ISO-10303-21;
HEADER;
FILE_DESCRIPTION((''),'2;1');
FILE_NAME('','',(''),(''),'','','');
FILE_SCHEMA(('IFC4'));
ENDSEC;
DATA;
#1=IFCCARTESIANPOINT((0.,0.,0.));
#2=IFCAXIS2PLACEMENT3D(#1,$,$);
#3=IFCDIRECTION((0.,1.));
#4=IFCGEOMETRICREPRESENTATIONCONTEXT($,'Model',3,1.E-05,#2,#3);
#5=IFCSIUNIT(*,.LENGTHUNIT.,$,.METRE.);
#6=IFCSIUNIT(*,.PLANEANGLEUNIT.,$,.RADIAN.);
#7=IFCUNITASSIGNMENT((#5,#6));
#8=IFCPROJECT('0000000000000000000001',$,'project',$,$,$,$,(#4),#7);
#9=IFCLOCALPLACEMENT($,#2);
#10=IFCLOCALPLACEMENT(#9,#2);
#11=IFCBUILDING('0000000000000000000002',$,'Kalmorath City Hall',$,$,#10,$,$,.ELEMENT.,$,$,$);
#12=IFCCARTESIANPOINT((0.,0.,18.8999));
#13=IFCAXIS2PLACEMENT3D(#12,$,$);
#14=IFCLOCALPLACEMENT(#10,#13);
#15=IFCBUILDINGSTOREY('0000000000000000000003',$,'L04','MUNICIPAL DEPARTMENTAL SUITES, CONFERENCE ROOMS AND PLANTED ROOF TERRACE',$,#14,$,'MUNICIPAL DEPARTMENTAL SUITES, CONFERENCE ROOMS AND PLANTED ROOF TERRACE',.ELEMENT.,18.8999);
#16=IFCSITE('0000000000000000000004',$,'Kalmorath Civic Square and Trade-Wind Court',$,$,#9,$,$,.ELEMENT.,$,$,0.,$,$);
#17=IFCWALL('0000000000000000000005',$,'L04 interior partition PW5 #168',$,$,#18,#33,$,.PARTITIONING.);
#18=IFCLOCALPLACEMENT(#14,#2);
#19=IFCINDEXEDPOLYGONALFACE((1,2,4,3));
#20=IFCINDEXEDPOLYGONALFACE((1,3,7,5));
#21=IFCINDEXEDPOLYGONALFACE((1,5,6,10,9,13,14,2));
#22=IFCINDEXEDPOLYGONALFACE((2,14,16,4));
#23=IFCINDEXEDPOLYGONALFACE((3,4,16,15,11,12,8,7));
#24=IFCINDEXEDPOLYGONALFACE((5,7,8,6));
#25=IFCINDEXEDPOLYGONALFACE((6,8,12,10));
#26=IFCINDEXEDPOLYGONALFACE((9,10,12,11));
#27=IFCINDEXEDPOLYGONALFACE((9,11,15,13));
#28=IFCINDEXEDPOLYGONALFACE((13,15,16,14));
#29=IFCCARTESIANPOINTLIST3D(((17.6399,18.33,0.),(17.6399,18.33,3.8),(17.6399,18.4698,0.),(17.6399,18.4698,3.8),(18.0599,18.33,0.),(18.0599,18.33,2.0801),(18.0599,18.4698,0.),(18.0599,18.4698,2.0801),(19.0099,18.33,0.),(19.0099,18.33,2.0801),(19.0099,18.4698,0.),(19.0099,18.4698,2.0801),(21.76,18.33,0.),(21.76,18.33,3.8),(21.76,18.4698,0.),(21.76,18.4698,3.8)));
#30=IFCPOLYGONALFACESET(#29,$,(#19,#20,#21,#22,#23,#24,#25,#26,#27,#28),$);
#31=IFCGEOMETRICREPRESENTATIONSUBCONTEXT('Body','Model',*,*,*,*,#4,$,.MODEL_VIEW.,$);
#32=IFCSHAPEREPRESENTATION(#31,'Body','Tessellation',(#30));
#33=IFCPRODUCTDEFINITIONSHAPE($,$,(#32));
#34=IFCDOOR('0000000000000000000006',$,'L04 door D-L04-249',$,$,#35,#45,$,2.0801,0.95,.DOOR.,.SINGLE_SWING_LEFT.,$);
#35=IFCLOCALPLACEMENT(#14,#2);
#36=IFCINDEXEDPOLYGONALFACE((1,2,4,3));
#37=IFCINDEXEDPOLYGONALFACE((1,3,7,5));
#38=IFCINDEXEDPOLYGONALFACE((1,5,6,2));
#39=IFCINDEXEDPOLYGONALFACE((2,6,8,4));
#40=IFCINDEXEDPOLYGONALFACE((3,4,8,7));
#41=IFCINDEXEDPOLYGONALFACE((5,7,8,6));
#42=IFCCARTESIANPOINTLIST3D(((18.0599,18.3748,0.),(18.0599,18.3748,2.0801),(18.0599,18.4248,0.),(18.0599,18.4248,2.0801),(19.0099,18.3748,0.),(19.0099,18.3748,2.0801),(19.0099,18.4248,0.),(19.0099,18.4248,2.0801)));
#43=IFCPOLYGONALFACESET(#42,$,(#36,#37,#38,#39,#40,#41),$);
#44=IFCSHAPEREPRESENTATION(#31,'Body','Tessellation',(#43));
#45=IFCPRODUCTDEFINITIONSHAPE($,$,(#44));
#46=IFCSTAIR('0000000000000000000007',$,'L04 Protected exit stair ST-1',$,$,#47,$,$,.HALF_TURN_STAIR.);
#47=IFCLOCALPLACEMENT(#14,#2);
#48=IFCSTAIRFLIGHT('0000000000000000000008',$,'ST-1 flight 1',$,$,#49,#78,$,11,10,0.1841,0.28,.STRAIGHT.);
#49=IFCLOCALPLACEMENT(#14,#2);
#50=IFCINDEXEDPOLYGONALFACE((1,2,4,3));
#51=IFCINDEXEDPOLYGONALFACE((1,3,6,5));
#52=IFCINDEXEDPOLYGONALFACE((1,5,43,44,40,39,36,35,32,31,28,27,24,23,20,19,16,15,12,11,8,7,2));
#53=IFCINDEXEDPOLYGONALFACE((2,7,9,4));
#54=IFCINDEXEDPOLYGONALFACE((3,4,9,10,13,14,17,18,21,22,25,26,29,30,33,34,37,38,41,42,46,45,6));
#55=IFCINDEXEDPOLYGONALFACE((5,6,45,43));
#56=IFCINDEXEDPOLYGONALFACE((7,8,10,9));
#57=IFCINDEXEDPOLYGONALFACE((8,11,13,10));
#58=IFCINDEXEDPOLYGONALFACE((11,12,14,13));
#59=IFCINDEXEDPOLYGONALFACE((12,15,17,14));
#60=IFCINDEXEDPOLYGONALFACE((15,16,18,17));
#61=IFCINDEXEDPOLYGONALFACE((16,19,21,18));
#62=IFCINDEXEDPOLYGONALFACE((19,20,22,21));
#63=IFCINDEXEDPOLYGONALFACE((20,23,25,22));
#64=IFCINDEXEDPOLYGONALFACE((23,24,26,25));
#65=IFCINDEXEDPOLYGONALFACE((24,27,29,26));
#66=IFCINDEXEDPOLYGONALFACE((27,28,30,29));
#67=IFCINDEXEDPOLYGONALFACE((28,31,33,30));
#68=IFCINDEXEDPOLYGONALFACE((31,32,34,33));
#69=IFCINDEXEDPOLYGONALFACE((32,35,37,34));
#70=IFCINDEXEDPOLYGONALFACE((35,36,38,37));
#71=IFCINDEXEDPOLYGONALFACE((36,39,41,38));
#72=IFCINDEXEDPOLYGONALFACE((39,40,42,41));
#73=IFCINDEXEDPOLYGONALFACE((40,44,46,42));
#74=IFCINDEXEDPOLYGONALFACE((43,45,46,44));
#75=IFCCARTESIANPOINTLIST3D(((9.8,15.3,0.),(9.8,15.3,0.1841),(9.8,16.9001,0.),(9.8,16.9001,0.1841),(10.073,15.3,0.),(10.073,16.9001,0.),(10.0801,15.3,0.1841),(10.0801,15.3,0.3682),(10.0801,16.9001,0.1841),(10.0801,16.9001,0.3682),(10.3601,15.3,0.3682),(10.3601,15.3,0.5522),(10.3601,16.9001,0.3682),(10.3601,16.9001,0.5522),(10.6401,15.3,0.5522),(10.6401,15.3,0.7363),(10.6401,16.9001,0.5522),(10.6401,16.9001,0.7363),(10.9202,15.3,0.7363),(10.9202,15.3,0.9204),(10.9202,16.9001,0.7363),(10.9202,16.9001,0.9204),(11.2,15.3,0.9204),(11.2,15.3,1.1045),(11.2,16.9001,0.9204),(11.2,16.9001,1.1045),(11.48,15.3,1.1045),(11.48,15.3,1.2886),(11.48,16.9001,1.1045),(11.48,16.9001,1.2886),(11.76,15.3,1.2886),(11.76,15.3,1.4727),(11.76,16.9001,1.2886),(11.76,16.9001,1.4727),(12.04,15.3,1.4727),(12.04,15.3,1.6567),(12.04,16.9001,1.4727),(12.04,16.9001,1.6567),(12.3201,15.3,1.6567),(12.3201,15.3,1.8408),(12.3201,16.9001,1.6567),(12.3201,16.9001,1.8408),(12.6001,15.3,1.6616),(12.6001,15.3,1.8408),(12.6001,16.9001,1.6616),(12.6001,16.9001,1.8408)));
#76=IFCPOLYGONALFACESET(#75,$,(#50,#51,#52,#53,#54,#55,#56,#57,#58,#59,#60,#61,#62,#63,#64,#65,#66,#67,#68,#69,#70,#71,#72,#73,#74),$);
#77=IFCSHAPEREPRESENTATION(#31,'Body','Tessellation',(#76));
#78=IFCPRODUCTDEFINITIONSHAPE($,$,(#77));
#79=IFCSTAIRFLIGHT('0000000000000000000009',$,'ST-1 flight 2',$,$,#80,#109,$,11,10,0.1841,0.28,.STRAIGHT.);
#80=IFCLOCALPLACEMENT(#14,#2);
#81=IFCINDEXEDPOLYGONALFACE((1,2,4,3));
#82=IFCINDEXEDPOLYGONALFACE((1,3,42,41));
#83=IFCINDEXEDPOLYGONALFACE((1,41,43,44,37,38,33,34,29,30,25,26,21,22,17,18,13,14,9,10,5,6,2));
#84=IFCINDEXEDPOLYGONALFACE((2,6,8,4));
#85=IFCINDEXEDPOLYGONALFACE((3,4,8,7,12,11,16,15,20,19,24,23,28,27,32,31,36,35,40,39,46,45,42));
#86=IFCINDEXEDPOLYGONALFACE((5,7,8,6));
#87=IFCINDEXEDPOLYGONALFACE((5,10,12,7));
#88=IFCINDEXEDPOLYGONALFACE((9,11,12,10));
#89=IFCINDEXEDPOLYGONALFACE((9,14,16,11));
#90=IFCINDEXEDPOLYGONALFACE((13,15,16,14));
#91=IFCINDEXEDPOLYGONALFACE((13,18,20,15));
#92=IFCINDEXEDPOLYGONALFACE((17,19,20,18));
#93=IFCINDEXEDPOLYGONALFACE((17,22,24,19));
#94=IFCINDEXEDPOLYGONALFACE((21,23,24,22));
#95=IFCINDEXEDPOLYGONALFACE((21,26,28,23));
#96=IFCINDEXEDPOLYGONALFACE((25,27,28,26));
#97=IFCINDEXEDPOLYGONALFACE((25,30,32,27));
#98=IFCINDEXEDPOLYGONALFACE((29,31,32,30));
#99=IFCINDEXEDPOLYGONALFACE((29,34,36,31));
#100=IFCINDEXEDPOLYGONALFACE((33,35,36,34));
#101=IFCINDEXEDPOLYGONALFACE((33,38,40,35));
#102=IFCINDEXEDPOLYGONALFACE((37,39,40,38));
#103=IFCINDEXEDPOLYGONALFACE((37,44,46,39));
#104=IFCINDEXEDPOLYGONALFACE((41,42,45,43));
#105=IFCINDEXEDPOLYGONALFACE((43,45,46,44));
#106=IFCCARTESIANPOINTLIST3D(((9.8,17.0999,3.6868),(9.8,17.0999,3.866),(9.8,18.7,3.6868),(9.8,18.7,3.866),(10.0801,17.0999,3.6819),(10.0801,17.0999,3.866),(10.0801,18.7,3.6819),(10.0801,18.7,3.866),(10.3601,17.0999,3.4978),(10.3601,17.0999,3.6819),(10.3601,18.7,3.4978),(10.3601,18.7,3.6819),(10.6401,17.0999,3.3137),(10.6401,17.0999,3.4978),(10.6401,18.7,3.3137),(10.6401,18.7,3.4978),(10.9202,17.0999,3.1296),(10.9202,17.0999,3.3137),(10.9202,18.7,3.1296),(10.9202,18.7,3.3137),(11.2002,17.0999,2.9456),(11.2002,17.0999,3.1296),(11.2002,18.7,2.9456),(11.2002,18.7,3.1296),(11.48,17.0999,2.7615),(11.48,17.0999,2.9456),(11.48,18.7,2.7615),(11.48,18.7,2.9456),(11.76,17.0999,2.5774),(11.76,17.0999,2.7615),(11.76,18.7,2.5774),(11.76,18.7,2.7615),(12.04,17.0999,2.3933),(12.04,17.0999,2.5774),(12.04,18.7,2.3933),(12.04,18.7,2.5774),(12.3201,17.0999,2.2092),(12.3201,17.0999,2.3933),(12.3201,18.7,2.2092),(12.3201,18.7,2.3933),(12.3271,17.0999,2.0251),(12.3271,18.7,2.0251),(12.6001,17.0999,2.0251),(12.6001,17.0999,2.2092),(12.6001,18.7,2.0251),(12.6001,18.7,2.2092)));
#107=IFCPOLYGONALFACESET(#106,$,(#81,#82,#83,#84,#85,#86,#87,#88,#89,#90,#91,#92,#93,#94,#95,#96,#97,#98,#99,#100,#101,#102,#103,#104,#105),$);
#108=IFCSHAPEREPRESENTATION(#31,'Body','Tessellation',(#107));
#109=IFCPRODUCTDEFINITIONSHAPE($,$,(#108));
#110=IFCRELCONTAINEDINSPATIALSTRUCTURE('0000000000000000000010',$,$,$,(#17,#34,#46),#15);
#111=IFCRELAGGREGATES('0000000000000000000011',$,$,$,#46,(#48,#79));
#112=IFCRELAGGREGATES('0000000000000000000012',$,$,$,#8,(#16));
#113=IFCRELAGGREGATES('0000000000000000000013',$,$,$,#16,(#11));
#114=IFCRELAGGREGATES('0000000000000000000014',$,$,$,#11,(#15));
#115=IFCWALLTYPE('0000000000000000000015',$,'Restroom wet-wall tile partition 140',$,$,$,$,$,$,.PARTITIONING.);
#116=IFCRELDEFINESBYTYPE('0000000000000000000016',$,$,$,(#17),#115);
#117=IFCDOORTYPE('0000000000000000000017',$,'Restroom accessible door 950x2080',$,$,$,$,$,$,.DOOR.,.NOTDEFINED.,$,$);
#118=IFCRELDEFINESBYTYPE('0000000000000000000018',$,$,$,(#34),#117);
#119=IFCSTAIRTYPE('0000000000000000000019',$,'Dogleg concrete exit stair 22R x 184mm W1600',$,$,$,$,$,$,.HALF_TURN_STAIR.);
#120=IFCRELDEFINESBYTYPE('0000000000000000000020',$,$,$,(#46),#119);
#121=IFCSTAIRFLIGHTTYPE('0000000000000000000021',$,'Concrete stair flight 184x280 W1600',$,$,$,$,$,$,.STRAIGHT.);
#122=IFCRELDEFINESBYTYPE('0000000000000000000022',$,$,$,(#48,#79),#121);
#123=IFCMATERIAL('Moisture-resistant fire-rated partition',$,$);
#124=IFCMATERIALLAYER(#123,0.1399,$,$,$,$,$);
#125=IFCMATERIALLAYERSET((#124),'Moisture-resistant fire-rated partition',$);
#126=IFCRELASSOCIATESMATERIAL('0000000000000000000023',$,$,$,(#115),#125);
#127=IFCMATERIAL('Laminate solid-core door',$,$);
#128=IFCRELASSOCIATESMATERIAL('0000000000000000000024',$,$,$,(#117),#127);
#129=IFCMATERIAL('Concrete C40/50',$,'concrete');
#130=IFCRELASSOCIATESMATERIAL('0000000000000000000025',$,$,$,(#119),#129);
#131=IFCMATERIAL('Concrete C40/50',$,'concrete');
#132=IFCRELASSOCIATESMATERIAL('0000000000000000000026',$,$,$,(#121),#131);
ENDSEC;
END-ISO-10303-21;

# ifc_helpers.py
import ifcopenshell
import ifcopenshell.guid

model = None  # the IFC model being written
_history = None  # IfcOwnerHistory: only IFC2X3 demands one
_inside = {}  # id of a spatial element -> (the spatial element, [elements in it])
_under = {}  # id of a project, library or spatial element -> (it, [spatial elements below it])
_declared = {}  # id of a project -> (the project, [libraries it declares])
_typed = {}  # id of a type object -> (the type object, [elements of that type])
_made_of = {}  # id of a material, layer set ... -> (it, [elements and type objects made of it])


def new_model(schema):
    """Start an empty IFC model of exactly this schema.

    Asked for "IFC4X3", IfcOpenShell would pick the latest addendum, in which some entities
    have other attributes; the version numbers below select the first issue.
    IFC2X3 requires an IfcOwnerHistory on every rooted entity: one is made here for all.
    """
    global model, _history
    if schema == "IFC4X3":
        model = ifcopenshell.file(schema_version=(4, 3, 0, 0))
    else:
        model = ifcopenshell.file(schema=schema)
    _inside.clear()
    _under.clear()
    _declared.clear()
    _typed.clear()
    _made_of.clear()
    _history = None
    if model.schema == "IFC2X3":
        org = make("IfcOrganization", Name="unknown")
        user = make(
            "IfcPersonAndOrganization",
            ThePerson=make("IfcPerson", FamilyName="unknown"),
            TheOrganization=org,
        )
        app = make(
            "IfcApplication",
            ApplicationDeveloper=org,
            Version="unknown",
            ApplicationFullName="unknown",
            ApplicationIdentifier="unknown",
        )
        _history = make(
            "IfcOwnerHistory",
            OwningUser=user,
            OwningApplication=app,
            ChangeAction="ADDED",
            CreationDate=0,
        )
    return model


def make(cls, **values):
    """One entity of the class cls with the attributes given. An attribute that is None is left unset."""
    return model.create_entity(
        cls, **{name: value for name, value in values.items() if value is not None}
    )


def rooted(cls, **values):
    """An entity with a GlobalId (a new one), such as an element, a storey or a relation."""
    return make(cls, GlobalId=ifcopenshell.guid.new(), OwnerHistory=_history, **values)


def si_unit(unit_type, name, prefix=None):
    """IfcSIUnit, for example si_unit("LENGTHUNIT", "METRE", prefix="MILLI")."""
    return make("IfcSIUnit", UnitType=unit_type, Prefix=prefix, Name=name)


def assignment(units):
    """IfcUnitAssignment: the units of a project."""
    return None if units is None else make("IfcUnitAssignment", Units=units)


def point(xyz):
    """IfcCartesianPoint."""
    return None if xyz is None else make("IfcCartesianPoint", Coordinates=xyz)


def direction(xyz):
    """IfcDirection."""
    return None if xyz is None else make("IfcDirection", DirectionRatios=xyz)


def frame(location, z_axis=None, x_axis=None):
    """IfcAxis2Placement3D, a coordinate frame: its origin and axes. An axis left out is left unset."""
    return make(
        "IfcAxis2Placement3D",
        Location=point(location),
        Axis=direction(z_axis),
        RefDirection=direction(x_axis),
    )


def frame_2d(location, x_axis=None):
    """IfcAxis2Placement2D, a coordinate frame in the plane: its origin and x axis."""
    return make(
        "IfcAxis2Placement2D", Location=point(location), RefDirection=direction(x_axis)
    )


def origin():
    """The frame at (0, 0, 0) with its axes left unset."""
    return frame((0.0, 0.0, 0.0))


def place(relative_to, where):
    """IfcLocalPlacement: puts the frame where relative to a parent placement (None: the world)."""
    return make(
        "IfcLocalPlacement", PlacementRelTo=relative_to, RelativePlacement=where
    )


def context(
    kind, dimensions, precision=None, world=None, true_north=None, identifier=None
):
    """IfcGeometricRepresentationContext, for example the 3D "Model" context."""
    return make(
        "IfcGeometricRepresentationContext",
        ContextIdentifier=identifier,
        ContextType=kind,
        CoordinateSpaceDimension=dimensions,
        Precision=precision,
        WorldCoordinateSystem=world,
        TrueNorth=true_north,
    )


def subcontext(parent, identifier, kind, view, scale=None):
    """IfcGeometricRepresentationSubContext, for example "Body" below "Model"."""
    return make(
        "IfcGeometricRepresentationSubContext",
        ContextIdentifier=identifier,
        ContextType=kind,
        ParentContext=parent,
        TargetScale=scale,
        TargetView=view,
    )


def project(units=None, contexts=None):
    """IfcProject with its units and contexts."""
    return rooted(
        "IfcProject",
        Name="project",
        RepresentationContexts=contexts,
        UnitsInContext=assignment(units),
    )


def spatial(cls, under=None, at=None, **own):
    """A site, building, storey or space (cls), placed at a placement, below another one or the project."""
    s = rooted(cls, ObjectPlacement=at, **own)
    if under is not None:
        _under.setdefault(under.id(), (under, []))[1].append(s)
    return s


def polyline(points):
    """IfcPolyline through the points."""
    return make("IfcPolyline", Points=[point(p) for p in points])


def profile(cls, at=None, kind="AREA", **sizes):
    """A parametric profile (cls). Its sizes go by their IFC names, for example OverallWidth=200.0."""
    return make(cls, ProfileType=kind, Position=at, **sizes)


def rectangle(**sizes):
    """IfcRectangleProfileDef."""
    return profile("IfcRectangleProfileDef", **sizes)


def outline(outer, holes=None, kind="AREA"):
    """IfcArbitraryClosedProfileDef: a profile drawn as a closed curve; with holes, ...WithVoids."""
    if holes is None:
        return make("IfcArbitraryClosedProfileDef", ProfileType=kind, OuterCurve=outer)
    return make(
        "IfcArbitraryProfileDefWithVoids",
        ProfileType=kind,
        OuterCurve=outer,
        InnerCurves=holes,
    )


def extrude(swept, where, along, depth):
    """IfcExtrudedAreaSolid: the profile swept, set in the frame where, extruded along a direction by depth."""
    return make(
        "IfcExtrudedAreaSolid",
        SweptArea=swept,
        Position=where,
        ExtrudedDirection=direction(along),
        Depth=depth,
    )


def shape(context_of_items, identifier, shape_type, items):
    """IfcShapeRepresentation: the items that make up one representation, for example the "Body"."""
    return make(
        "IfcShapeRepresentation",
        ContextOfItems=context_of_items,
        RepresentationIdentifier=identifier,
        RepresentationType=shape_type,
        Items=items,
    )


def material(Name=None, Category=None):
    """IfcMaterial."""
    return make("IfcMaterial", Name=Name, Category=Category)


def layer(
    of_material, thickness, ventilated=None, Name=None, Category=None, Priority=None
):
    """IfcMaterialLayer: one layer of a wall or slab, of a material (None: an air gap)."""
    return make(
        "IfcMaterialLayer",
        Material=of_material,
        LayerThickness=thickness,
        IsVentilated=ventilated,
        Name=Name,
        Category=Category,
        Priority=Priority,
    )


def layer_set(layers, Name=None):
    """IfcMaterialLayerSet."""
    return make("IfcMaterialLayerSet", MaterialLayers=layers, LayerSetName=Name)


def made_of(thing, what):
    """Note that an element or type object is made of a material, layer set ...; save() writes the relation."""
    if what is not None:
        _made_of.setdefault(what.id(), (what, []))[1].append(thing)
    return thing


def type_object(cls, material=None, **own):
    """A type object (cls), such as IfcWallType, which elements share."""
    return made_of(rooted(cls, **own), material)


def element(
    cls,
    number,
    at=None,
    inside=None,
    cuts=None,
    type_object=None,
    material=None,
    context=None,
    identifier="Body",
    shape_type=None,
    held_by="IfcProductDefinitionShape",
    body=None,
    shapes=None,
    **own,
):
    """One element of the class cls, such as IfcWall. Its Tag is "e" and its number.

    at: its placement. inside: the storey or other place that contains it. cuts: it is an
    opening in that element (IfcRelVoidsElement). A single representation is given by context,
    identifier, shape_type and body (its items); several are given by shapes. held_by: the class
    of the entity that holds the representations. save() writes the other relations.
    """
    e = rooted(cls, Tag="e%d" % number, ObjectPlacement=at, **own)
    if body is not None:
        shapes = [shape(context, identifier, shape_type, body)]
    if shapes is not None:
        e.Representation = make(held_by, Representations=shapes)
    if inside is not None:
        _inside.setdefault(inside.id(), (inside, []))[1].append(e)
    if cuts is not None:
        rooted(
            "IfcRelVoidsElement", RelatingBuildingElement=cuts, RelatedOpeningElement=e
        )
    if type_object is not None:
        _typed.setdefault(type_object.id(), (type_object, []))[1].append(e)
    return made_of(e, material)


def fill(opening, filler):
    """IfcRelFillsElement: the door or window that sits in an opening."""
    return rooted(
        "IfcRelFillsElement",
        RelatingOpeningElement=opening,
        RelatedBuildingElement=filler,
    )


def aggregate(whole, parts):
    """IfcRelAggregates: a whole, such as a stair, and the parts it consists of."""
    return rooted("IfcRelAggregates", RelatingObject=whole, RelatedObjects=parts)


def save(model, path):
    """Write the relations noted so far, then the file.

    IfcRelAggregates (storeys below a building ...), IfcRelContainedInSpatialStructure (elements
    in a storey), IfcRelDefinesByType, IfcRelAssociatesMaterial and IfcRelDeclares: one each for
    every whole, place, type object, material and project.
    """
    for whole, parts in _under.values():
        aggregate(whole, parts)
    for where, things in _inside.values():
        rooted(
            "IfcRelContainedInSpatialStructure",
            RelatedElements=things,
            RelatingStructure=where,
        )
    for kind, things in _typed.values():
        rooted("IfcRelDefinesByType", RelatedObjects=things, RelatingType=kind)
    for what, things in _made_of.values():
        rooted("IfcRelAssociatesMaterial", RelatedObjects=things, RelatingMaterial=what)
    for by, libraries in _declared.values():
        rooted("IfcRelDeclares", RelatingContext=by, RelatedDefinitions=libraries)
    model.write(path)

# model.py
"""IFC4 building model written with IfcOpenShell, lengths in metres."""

from ifc_helpers import new_model, si_unit, direction, frame, frame_2d, origin, place, context, subcontext, project, spatial, polyline, rectangle, outline, extrude, material, layer, layer_set, type_object, element, fill, aggregate, save


model = new_model("IFC4")

# Units and contexts
model_context = context("Model", 3, precision=1e-05, world=origin(), true_north=direction((0.0, 1.0)))
body_context = subcontext(model_context, "Body", "Model", "MODEL_VIEW")
ifc_project = project(units=[si_unit("LENGTHUNIT", "METRE"), si_unit("PLANEANGLEUNIT", "RADIAN")], contexts=[model_context])

# Site, building, storey
site_placement = place(None, origin())
site = spatial("IfcSite", under=ifc_project, at=site_placement, Name="Kalmorath Civic Square and Trade-Wind Court", CompositionType="ELEMENT", RefElevation=0.0)
building_placement = place(site_placement, origin())
building = spatial("IfcBuilding", under=site, at=building_placement, Name="Kalmorath City Hall", CompositionType="ELEMENT")
storey_placement = place(building_placement, frame((0.0, 0.0, 18.8999)))
storey = spatial("IfcBuildingStorey", under=building, at=storey_placement, Name="L04", Description="MUNICIPAL DEPARTMENTAL SUITES, CONFERENCE ROOMS AND PLANTED ROOF TERRACE", LongName="MUNICIPAL DEPARTMENTAL SUITES, CONFERENCE ROOMS AND PLANTED ROOF TERRACE", CompositionType="ELEMENT", Elevation=18.8999)

# Wall, opening, door
ifc_material_1 = material(Name="Moisture-resistant fire-rated partition")
ifc_layer_1 = layer(ifc_material_1, 0.1399)
ifc_layer_set_1 = layer_set([ifc_layer_1], Name="Moisture-resistant fire-rated partition")
wall_type_1 = type_object("IfcWallType", Name="Restroom wet-wall tile partition 140", PredefinedType="PARTITIONING", material=ifc_layer_set_1)
wall_1_placement = place(storey_placement, frame((17.6399, 18.3999, 0.0), z_axis=(0.0, 0.0, 1.0), x_axis=(1.0, 0.0, 0.0)))
wall_1 = element("IfcWall", 1, at=wall_1_placement, inside=storey, type_object=wall_type_1, Name="L04 interior partition PW5 #168", PredefinedType="PARTITIONING", context=body_context, shape_type="SweptSolid", body=[
    extrude(rectangle(XDim=4.1201, YDim=0.1399, at=frame_2d((2.0601, 0.0))), origin(), (0.0, 0.0, 1.0), 3.8),
])
opening_1_placement = place(wall_1_placement, frame((0.4199, 0.0, 0.0)))
opening_1 = element("IfcOpeningElement", 2, at=opening_1_placement, cuts=wall_1, PredefinedType="OPENING", context=body_context, shape_type="SweptSolid", body=[
    extrude(rectangle(XDim=0.95, YDim=2.0801, at=frame_2d((0.4751, 1.04))), frame((0.0, 0.0798, 0.0), z_axis=(0.0, -1.0, 0.0), x_axis=(1.0, 0.0, 0.0)), (0.0, 0.0, 1.0), 0.1599),
])
ifc_material_2 = material(Name="Laminate solid-core door")
door_type_1 = type_object("IfcDoorType", Name="Restroom accessible door 950x2080", OperationType="NOTDEFINED", PredefinedType="DOOR", material=ifc_material_2)
door_1_placement = place(opening_1_placement, origin())
door_1 = element("IfcDoor", 3, at=door_1_placement, inside=storey, type_object=door_type_1, Name="L04 door D-L04-249", OperationType="SINGLE_SWING_LEFT", OverallHeight=2.0801, OverallWidth=0.95, PredefinedType="DOOR", context=body_context, shape_type="SweptSolid", body=[
    extrude(rectangle(XDim=0.95, YDim=2.0801, at=frame_2d((0.4751, 1.04))), frame((0.0, 0.0249, 0.0), z_axis=(0.0, -1.0, 0.0), x_axis=(1.0, 0.0, 0.0)), (0.0, 0.0, 1.0), 0.05),
])
fill(opening_1, door_1)

# Stair, stair flights
ifc_material_3 = material(Name="Concrete C40/50", Category="concrete")
stair_type = type_object("IfcStairType", Name="Dogleg concrete exit stair 22R x 184mm W1600", PredefinedType="HALF_TURN_STAIR", material=ifc_material_3)
stair_placement = place(storey_placement, origin())
stair = element("IfcStair", 4, at=stair_placement, inside=storey, type_object=stair_type, Name="L04 Protected exit stair ST-1", PredefinedType="HALF_TURN_STAIR")
ifc_material_4 = material(Name="Concrete C40/50", Category="concrete")
stair_flight_type = type_object("IfcStairFlightType", Name="Concrete stair flight 184x280 W1600", PredefinedType="STRAIGHT", material=ifc_material_4)
stair_flight_1_placement = place(storey_placement, frame((9.8, 16.1001, 0.0), z_axis=(0.0, 0.0, 1.0), x_axis=(1.0, 0.0, 0.0)))
stair_flight_1 = element("IfcStairFlight", 5, at=stair_flight_1_placement, type_object=stair_flight_type, Name="ST-1 flight 1", NumberOfRisers=11, NumberOfTreads=10, PredefinedType="STRAIGHT", RiserHeight=0.1841, TreadLength=0.28, context=body_context, shape_type="SweptSolid", body=[
    extrude(outline(polyline([(0.0, 0.0), (0.0, 0.1841), (0.28, 0.1841), (0.28, 0.3682), (0.5601, 0.3682), (0.5601, 0.5522), (0.8401, 0.5522), (0.8401, 0.7363), (1.1201, 0.7363), (1.1201, 0.9204), (1.3999, 0.9204), (1.3999, 1.1045), (1.6799, 1.1045), (1.6799, 1.2886), (1.96, 1.2886), (1.96, 1.4727), (2.24, 1.4727), (2.24, 1.6567), (2.52, 1.6567), (2.52, 1.8408), (2.8, 1.8408), (2.8, 2.0249), (2.8, 1.6616), (0.2729, 0.0), (0.0, 0.0)])), frame((0.0, 0.8, 0.0), z_axis=(0.0, -1.0, 0.0), x_axis=(1.0, 0.0, 0.0)), (0.0, 0.0, 1.0), 1.6001),
])
stair_flight_2_placement = place(storey_placement, frame((12.6001, 17.8999, 2.0251), z_axis=(0.0, 0.0, 1.0), x_axis=(-1.0, 0.0, 0.0)))
stair_flight_2 = element("IfcStairFlight", 6, at=stair_flight_2_placement, type_object=stair_flight_type, Name="ST-1 flight 2", NumberOfRisers=11, NumberOfTreads=10, PredefinedType="STRAIGHT", RiserHeight=0.1841, TreadLength=0.28, context=body_context, shape_type="SweptSolid", body=[
    extrude(outline(polyline([(0.0, 0.0), (0.0, 0.1841), (0.28, 0.1841), (0.28, 0.3682), (0.5601, 0.3682), (0.5601, 0.5522), (0.8401, 0.5522), (0.8401, 0.7363), (1.1201, 0.7363), (1.1201, 0.9204), (1.3999, 0.9204), (1.3999, 1.1045), (1.6799, 1.1045), (1.6799, 1.2886), (1.96, 1.2886), (1.96, 1.4727), (2.24, 1.4727), (2.24, 1.6567), (2.52, 1.6567), (2.52, 1.8408), (2.8, 1.8408), (2.8, 2.0249), (2.8, 1.6616), (0.2729, 0.0), (0.0, 0.0)])), frame((0.0, 0.8, 0.0), z_axis=(0.0, -1.0, 0.0), x_axis=(1.0, 0.0, 0.0)), (0.0, 0.0, 1.0), 1.6001),
])
aggregate(stair, [stair_flight_1, stair_flight_2])

save(model, "model.ifc")
